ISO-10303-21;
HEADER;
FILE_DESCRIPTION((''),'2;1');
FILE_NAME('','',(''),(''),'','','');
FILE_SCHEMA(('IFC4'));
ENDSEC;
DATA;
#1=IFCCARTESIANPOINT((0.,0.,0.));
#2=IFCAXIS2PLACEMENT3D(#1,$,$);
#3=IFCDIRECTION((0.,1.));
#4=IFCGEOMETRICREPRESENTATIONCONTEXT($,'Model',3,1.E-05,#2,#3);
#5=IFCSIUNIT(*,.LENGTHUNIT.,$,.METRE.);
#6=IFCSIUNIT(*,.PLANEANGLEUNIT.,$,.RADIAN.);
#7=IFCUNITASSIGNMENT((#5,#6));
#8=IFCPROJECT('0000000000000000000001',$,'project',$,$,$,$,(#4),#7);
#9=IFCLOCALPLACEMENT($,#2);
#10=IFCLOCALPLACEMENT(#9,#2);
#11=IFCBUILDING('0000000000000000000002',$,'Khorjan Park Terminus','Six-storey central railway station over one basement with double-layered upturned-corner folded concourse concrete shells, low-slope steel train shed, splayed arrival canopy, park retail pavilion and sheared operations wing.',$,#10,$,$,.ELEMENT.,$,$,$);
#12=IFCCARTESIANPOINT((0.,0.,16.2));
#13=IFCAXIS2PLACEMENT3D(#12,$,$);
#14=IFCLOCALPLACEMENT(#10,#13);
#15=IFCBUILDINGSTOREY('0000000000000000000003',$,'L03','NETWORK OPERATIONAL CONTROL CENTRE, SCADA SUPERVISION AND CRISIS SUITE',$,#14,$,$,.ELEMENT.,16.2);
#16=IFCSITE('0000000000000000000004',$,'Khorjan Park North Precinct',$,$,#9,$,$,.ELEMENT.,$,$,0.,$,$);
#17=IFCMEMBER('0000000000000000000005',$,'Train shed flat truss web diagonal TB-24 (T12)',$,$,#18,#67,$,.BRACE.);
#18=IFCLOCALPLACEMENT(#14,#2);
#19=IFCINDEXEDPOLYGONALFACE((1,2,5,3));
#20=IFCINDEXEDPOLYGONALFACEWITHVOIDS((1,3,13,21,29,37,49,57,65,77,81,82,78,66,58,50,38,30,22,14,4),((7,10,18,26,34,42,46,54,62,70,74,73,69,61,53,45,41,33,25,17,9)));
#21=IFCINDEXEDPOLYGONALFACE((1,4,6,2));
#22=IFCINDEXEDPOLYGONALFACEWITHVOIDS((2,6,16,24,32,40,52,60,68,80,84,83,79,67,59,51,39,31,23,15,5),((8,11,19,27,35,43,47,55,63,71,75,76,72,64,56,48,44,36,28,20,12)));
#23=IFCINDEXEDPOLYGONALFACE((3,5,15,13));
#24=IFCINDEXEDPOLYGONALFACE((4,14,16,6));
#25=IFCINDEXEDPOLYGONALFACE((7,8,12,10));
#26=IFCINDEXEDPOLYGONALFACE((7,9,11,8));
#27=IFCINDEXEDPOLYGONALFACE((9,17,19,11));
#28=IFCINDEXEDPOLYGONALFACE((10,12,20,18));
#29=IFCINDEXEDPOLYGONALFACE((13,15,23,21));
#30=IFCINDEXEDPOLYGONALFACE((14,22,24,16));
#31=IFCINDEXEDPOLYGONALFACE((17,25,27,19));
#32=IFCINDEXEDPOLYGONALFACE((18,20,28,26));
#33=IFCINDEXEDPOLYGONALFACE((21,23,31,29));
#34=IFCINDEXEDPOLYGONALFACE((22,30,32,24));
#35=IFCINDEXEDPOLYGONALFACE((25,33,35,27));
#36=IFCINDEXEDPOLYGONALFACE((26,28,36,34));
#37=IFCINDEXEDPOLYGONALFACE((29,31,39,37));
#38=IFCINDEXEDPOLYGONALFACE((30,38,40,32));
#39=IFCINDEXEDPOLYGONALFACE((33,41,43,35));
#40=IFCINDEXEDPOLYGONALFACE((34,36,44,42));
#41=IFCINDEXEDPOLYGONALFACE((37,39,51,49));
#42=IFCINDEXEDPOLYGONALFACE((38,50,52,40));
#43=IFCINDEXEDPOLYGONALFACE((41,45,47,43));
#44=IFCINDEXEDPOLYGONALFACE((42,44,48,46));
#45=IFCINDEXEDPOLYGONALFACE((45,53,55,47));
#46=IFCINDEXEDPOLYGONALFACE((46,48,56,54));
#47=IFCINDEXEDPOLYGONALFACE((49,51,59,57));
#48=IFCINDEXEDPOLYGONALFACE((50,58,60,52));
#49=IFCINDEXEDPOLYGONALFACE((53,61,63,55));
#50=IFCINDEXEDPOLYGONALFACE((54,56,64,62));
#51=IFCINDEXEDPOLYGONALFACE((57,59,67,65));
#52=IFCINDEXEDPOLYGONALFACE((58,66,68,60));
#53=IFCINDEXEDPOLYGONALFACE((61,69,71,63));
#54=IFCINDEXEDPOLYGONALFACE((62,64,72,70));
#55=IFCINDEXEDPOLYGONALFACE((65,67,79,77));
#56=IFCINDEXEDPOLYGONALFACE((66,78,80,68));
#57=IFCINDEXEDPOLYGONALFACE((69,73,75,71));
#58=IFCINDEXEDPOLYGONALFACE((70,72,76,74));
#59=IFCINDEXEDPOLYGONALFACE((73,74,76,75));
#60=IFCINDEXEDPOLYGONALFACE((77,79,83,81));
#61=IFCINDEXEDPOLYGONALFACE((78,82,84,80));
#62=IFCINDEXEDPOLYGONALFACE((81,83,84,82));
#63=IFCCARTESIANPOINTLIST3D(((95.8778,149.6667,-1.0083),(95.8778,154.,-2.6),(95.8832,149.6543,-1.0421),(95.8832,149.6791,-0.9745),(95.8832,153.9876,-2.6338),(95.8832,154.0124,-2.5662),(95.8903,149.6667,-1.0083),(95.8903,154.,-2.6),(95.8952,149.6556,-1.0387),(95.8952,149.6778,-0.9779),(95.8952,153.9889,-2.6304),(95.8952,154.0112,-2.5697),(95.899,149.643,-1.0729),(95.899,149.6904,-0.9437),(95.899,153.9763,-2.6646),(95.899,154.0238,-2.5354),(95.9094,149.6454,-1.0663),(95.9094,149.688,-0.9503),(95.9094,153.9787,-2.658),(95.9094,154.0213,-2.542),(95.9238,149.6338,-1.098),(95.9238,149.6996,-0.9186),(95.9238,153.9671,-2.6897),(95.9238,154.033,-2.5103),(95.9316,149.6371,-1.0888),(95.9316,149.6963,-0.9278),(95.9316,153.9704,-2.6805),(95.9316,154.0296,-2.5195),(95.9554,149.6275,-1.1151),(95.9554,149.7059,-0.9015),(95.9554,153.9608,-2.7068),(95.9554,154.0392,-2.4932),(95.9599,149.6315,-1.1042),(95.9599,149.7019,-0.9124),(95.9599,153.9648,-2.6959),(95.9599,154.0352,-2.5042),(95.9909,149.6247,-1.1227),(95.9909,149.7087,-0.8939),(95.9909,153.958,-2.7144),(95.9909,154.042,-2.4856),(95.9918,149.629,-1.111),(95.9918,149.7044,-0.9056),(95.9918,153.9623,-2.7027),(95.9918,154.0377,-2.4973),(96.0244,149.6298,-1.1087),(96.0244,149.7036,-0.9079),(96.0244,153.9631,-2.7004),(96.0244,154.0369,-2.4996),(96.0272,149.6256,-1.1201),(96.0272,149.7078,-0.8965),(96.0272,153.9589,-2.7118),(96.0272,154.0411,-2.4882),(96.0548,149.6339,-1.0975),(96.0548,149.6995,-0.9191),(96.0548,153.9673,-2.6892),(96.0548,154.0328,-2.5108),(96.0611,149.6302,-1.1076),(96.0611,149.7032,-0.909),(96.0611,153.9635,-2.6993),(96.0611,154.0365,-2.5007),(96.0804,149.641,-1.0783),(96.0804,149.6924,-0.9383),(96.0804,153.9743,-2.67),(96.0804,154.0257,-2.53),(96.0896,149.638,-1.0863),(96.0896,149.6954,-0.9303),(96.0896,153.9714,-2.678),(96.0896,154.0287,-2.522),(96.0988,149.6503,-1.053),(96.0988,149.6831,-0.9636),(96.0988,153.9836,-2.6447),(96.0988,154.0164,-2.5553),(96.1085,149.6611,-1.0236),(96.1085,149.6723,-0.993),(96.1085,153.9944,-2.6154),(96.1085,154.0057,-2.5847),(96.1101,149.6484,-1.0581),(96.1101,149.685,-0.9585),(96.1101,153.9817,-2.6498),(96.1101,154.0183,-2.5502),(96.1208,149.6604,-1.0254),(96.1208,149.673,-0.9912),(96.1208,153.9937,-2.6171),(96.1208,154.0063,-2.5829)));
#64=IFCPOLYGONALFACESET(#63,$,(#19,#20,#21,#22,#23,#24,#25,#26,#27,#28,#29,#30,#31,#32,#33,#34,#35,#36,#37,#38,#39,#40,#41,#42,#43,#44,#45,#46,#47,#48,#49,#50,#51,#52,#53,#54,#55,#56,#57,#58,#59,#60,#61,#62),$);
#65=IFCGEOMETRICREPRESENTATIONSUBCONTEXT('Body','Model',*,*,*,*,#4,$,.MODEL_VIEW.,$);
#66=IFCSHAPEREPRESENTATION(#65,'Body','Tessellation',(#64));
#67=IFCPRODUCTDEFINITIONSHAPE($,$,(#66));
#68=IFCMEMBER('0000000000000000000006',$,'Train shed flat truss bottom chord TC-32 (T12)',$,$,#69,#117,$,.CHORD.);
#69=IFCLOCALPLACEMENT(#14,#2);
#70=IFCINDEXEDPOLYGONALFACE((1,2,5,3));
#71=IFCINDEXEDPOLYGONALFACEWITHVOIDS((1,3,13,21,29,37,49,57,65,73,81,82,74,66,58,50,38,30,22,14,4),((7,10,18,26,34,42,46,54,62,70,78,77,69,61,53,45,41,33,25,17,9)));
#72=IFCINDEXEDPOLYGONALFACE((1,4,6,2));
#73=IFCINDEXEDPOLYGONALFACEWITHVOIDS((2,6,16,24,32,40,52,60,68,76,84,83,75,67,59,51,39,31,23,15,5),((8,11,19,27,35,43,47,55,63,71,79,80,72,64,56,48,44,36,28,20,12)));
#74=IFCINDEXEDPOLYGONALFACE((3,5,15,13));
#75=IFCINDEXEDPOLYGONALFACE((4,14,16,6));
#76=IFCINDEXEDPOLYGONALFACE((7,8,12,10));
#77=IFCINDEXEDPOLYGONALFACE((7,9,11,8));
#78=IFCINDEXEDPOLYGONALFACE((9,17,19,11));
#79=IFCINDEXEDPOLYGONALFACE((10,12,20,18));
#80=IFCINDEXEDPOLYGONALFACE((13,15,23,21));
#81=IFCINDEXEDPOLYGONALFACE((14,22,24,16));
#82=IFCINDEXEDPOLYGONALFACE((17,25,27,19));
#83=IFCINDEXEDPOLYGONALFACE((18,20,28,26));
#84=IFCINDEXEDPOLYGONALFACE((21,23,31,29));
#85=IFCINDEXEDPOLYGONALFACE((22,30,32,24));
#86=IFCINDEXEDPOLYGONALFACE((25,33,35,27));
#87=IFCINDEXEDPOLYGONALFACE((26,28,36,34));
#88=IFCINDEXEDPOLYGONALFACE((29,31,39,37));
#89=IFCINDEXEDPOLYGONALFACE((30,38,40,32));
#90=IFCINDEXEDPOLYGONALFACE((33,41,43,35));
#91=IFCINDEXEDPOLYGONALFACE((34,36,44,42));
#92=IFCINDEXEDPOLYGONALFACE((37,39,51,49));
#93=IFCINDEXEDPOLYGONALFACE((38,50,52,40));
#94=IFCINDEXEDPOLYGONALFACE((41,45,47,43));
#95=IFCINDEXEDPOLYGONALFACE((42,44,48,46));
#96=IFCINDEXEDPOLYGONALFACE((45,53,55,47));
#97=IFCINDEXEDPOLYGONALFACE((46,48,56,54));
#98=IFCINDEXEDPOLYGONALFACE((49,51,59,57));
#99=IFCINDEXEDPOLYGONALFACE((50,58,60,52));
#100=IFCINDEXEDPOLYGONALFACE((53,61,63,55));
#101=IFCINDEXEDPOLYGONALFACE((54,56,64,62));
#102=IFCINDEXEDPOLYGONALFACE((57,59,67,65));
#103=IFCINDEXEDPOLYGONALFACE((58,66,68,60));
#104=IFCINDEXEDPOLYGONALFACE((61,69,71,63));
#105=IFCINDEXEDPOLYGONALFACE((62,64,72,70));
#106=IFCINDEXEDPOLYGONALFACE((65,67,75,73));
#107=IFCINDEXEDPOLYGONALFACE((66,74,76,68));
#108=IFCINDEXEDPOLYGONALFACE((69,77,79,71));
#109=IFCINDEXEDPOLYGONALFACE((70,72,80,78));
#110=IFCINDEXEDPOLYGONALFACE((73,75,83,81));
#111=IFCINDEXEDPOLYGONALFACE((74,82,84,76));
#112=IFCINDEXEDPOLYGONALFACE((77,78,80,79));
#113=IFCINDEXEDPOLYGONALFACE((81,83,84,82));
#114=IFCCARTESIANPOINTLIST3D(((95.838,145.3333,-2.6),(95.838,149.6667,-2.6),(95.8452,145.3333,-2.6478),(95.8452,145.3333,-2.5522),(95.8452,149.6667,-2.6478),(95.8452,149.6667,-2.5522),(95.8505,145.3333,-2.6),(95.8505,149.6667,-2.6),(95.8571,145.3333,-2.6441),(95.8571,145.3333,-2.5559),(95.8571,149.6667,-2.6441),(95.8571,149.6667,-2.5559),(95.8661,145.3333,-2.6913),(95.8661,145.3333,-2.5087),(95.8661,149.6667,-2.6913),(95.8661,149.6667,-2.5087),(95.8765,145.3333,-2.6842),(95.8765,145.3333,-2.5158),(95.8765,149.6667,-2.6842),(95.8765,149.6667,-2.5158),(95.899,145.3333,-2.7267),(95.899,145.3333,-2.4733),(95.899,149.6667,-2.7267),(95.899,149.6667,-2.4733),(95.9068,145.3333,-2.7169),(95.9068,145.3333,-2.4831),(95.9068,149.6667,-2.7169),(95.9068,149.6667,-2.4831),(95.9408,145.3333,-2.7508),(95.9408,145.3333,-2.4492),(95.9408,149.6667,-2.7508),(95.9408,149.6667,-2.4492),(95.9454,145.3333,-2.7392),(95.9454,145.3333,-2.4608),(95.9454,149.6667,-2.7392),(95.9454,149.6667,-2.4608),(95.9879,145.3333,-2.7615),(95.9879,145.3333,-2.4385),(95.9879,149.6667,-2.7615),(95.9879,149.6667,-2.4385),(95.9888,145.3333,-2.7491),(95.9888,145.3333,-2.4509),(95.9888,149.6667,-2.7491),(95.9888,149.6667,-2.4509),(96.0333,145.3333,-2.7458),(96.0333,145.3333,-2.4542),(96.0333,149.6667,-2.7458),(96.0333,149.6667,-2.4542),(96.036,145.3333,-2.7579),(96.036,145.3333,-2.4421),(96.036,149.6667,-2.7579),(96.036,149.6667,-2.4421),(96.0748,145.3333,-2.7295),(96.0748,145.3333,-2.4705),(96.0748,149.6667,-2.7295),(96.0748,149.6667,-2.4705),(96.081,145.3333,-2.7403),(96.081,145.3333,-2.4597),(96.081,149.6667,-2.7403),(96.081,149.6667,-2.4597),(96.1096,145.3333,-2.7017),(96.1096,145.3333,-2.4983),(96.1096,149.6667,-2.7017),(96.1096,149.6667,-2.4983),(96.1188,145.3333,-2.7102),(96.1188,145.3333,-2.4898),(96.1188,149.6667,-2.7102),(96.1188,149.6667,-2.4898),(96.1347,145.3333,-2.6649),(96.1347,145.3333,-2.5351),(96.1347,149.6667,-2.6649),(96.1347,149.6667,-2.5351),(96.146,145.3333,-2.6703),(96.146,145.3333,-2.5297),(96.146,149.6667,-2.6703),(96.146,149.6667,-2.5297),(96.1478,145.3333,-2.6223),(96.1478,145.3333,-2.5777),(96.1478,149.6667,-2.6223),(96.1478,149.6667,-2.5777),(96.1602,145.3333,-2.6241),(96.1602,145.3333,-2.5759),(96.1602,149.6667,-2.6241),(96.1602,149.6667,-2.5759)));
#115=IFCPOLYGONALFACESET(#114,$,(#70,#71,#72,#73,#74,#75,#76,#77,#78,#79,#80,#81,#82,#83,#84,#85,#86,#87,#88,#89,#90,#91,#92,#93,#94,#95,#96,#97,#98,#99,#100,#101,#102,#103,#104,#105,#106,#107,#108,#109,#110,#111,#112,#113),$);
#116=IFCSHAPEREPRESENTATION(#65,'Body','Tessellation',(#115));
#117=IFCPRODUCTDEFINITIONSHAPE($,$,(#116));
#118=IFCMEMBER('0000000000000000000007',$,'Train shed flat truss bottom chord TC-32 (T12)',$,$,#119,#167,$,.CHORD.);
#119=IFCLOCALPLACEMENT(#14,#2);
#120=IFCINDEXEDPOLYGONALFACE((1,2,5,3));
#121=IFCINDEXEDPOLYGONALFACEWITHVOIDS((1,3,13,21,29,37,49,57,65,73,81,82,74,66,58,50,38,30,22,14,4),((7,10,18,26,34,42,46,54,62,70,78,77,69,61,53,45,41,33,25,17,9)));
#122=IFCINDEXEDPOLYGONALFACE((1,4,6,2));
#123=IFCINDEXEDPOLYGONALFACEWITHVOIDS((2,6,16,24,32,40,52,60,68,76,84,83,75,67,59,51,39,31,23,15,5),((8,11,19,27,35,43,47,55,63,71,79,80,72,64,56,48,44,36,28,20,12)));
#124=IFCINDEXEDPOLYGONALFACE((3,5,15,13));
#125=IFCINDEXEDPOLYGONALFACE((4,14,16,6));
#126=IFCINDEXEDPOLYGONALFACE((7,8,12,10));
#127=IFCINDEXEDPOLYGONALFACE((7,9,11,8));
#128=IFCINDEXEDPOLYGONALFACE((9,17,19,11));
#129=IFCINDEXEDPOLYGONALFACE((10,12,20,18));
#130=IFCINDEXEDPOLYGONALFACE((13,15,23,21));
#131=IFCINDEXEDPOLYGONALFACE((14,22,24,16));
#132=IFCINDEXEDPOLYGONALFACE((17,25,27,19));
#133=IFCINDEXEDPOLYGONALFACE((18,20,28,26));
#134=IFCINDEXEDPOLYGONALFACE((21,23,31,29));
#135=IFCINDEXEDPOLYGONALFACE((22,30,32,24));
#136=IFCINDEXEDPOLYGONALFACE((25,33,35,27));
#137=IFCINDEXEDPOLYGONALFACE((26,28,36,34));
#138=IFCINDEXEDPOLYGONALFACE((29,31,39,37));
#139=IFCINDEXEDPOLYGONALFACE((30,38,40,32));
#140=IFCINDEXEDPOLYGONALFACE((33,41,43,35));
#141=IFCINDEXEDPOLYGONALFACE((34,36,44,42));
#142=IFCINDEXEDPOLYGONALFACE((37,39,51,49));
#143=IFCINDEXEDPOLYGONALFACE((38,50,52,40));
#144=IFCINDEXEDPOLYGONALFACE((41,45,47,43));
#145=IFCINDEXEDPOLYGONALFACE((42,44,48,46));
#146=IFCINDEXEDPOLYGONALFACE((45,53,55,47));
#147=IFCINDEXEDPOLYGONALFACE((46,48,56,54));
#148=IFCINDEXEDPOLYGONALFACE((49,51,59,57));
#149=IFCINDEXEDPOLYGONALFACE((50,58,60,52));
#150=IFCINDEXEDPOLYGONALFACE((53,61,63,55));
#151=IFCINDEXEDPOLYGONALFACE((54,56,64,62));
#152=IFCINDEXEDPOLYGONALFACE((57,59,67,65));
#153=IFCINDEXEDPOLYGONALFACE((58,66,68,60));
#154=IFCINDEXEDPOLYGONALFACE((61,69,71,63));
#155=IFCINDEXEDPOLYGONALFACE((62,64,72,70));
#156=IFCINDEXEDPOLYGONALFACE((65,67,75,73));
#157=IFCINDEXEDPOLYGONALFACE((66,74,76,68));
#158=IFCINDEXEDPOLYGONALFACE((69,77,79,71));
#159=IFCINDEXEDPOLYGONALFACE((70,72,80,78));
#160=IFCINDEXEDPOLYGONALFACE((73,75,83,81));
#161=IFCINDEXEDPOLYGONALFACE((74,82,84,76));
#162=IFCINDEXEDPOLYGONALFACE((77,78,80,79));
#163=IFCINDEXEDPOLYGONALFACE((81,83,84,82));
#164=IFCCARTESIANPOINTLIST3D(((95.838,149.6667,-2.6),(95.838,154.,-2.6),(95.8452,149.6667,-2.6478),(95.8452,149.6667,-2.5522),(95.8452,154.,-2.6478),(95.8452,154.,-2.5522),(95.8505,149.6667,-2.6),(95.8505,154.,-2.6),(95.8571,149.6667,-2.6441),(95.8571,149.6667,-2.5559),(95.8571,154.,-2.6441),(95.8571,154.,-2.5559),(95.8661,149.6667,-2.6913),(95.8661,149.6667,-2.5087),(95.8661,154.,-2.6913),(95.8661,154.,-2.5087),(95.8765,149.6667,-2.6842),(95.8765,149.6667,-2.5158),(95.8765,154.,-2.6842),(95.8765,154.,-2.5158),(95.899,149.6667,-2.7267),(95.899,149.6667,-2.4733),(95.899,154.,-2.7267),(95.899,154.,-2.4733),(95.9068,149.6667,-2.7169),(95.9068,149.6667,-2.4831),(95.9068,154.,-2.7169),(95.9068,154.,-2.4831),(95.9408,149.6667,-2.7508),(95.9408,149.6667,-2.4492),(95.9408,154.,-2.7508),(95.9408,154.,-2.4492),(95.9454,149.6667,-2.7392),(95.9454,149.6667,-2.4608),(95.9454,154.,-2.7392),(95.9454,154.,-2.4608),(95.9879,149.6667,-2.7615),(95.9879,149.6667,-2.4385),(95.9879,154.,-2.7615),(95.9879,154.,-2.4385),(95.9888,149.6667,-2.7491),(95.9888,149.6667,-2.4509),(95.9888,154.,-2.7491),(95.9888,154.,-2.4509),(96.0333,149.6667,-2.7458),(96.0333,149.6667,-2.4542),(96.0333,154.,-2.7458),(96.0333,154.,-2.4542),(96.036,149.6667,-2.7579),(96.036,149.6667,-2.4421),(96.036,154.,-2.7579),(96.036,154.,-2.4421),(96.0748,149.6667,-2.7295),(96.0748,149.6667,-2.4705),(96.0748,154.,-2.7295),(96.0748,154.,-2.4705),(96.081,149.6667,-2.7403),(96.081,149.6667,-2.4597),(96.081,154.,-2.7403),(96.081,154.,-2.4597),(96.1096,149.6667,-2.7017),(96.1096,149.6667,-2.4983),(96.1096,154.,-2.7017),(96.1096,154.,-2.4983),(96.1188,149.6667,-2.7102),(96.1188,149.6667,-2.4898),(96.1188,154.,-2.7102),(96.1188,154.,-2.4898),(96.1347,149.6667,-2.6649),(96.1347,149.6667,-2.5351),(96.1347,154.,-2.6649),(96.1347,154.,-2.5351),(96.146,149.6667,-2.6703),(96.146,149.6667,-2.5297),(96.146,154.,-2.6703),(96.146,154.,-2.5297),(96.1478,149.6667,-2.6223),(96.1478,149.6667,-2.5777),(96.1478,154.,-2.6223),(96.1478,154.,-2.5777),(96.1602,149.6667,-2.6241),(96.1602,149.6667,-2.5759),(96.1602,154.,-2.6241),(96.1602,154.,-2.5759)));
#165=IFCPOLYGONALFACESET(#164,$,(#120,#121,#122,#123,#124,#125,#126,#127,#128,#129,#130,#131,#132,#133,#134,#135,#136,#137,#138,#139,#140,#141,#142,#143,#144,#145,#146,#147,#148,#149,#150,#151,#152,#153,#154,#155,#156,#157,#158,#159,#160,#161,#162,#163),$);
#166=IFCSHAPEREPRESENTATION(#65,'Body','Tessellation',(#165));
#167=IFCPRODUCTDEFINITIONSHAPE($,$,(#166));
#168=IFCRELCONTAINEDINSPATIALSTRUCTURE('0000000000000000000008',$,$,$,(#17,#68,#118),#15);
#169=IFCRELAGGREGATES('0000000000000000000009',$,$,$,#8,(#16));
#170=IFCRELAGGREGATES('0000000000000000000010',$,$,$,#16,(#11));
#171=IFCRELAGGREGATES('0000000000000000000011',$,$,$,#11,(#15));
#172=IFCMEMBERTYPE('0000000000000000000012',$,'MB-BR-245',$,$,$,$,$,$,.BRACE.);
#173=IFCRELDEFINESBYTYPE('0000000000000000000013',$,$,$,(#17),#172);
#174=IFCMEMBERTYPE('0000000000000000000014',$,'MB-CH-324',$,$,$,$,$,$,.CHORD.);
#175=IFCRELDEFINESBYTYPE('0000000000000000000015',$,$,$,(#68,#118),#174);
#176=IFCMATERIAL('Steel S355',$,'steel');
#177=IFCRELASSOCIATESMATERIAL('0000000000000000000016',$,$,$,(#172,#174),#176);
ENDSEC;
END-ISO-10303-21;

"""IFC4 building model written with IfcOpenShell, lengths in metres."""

from ifc_helpers import new_model, si_unit, direction, frame, origin, origin_2d, place, context, subcontext, project, spatial, hollow_circle, extrude, material, material_profile, profile_set, type_object, element, save


model = new_model("IFC4")

# Units and contexts
model_context = context("Model", 3, precision=1e-05, world=origin(), true_north=direction((0.0, 1.0)))
body_context = subcontext(model_context, "Body", "Model", "MODEL_VIEW")
ifc_project = project(units=[si_unit("LENGTHUNIT", "METRE"), si_unit("PLANEANGLEUNIT", "RADIAN")], contexts=[model_context])

# Site, building, storey
site_placement = place(None, origin())
site = spatial("IfcSite", under=ifc_project, at=site_placement, Name="Khorjan Park North Precinct", CompositionType="ELEMENT", RefElevation=0.0)
building_placement = place(site_placement, origin())
building = spatial("IfcBuilding", under=site, at=building_placement, Name="Khorjan Park Terminus", Description="Six-storey central railway station over one basement with double-layered upturned-corner folded concourse concrete shells, low-slope steel train shed, splayed arrival canopy, park retail pavilion and sheared operations wing.", CompositionType="ELEMENT")
storey_placement = place(building_placement, frame((0.0, 0.0, 16.2)))
storey = spatial("IfcBuildingStorey", under=building, at=storey_placement, Name="L03", Description="NETWORK OPERATIONAL CONTROL CENTRE, SCADA SUPERVISION AND CRISIS SUITE", CompositionType="ELEMENT", Elevation=16.2)

# Members
ifc_material = material(Name="Steel S355", Category="steel")
ifc_material_profile_1 = material_profile(ifc_material, hollow_circle(Radius=0.1222, WallThickness=0.0125, at=origin_2d()), Name="CHS 244.5x12.5")
ifc_profile_set_1 = profile_set([ifc_material_profile_1], Name="Steel S355")
member_type_1 = type_object("IfcMemberType", Name="MB-BR-245", PredefinedType="BRACE", material=ifc_profile_set_1)
member_1_placement = place(storey_placement, frame((96.0, 149.6667, -1.0083), z_axis=(0.0, 0.938678, -0.344794), x_axis=(-1.0, 0.0, 0.0)))
element("IfcMember", 1, at=member_1_placement, inside=storey, type_object=member_type_1, Name="Train shed flat truss web diagonal TB-24 (T12)", PredefinedType="BRACE", context=body_context, shape_type="SweptSolid", body=[
    extrude(hollow_circle(Radius=0.1222, WallThickness=0.0125, at=origin_2d()), origin(), (0.0, 0.0, 1.0), 4.6164),
])
ifc_material_profile_2 = material_profile(ifc_material, hollow_circle(Radius=0.162, WallThickness=0.0125, at=origin_2d()), Name="CHS 323.9x12.5")
ifc_profile_set_2 = profile_set([ifc_material_profile_2], Name="Steel S355")
member_type_2 = type_object("IfcMemberType", Name="MB-CH-324", PredefinedType="CHORD", material=ifc_profile_set_2)
member_2_placement = place(storey_placement, frame((96.0, 145.3333, -2.6), z_axis=(0.0, 1.0, 0.0), x_axis=(-1.0, 0.0, 0.0)))
element("IfcMember", 2, at=member_2_placement, inside=storey, type_object=member_type_2, Name="Train shed flat truss bottom chord TC-32 (T12)", PredefinedType="CHORD", context=body_context, shape_type="SweptSolid", body=[
    extrude(hollow_circle(Radius=0.162, WallThickness=0.0125, at=origin_2d()), origin(), (0.0, 0.0, 1.0), 4.3334),
])
member_3_placement = place(storey_placement, frame((96.0, 149.6667, -2.6), z_axis=(0.0, 1.0, 0.0), x_axis=(-1.0, 0.0, 0.0)))
element("IfcMember", 3, at=member_3_placement, inside=storey, type_object=member_type_2, Name="Train shed flat truss bottom chord TC-32 (T12)", PredefinedType="CHORD", context=body_context, shape_type="SweptSolid", body=[
    extrude(hollow_circle(Radius=0.162, WallThickness=0.0125, at=origin_2d()), origin(), (0.0, 0.0, 1.0), 4.3333),
])

save(model, "model.ifc")
